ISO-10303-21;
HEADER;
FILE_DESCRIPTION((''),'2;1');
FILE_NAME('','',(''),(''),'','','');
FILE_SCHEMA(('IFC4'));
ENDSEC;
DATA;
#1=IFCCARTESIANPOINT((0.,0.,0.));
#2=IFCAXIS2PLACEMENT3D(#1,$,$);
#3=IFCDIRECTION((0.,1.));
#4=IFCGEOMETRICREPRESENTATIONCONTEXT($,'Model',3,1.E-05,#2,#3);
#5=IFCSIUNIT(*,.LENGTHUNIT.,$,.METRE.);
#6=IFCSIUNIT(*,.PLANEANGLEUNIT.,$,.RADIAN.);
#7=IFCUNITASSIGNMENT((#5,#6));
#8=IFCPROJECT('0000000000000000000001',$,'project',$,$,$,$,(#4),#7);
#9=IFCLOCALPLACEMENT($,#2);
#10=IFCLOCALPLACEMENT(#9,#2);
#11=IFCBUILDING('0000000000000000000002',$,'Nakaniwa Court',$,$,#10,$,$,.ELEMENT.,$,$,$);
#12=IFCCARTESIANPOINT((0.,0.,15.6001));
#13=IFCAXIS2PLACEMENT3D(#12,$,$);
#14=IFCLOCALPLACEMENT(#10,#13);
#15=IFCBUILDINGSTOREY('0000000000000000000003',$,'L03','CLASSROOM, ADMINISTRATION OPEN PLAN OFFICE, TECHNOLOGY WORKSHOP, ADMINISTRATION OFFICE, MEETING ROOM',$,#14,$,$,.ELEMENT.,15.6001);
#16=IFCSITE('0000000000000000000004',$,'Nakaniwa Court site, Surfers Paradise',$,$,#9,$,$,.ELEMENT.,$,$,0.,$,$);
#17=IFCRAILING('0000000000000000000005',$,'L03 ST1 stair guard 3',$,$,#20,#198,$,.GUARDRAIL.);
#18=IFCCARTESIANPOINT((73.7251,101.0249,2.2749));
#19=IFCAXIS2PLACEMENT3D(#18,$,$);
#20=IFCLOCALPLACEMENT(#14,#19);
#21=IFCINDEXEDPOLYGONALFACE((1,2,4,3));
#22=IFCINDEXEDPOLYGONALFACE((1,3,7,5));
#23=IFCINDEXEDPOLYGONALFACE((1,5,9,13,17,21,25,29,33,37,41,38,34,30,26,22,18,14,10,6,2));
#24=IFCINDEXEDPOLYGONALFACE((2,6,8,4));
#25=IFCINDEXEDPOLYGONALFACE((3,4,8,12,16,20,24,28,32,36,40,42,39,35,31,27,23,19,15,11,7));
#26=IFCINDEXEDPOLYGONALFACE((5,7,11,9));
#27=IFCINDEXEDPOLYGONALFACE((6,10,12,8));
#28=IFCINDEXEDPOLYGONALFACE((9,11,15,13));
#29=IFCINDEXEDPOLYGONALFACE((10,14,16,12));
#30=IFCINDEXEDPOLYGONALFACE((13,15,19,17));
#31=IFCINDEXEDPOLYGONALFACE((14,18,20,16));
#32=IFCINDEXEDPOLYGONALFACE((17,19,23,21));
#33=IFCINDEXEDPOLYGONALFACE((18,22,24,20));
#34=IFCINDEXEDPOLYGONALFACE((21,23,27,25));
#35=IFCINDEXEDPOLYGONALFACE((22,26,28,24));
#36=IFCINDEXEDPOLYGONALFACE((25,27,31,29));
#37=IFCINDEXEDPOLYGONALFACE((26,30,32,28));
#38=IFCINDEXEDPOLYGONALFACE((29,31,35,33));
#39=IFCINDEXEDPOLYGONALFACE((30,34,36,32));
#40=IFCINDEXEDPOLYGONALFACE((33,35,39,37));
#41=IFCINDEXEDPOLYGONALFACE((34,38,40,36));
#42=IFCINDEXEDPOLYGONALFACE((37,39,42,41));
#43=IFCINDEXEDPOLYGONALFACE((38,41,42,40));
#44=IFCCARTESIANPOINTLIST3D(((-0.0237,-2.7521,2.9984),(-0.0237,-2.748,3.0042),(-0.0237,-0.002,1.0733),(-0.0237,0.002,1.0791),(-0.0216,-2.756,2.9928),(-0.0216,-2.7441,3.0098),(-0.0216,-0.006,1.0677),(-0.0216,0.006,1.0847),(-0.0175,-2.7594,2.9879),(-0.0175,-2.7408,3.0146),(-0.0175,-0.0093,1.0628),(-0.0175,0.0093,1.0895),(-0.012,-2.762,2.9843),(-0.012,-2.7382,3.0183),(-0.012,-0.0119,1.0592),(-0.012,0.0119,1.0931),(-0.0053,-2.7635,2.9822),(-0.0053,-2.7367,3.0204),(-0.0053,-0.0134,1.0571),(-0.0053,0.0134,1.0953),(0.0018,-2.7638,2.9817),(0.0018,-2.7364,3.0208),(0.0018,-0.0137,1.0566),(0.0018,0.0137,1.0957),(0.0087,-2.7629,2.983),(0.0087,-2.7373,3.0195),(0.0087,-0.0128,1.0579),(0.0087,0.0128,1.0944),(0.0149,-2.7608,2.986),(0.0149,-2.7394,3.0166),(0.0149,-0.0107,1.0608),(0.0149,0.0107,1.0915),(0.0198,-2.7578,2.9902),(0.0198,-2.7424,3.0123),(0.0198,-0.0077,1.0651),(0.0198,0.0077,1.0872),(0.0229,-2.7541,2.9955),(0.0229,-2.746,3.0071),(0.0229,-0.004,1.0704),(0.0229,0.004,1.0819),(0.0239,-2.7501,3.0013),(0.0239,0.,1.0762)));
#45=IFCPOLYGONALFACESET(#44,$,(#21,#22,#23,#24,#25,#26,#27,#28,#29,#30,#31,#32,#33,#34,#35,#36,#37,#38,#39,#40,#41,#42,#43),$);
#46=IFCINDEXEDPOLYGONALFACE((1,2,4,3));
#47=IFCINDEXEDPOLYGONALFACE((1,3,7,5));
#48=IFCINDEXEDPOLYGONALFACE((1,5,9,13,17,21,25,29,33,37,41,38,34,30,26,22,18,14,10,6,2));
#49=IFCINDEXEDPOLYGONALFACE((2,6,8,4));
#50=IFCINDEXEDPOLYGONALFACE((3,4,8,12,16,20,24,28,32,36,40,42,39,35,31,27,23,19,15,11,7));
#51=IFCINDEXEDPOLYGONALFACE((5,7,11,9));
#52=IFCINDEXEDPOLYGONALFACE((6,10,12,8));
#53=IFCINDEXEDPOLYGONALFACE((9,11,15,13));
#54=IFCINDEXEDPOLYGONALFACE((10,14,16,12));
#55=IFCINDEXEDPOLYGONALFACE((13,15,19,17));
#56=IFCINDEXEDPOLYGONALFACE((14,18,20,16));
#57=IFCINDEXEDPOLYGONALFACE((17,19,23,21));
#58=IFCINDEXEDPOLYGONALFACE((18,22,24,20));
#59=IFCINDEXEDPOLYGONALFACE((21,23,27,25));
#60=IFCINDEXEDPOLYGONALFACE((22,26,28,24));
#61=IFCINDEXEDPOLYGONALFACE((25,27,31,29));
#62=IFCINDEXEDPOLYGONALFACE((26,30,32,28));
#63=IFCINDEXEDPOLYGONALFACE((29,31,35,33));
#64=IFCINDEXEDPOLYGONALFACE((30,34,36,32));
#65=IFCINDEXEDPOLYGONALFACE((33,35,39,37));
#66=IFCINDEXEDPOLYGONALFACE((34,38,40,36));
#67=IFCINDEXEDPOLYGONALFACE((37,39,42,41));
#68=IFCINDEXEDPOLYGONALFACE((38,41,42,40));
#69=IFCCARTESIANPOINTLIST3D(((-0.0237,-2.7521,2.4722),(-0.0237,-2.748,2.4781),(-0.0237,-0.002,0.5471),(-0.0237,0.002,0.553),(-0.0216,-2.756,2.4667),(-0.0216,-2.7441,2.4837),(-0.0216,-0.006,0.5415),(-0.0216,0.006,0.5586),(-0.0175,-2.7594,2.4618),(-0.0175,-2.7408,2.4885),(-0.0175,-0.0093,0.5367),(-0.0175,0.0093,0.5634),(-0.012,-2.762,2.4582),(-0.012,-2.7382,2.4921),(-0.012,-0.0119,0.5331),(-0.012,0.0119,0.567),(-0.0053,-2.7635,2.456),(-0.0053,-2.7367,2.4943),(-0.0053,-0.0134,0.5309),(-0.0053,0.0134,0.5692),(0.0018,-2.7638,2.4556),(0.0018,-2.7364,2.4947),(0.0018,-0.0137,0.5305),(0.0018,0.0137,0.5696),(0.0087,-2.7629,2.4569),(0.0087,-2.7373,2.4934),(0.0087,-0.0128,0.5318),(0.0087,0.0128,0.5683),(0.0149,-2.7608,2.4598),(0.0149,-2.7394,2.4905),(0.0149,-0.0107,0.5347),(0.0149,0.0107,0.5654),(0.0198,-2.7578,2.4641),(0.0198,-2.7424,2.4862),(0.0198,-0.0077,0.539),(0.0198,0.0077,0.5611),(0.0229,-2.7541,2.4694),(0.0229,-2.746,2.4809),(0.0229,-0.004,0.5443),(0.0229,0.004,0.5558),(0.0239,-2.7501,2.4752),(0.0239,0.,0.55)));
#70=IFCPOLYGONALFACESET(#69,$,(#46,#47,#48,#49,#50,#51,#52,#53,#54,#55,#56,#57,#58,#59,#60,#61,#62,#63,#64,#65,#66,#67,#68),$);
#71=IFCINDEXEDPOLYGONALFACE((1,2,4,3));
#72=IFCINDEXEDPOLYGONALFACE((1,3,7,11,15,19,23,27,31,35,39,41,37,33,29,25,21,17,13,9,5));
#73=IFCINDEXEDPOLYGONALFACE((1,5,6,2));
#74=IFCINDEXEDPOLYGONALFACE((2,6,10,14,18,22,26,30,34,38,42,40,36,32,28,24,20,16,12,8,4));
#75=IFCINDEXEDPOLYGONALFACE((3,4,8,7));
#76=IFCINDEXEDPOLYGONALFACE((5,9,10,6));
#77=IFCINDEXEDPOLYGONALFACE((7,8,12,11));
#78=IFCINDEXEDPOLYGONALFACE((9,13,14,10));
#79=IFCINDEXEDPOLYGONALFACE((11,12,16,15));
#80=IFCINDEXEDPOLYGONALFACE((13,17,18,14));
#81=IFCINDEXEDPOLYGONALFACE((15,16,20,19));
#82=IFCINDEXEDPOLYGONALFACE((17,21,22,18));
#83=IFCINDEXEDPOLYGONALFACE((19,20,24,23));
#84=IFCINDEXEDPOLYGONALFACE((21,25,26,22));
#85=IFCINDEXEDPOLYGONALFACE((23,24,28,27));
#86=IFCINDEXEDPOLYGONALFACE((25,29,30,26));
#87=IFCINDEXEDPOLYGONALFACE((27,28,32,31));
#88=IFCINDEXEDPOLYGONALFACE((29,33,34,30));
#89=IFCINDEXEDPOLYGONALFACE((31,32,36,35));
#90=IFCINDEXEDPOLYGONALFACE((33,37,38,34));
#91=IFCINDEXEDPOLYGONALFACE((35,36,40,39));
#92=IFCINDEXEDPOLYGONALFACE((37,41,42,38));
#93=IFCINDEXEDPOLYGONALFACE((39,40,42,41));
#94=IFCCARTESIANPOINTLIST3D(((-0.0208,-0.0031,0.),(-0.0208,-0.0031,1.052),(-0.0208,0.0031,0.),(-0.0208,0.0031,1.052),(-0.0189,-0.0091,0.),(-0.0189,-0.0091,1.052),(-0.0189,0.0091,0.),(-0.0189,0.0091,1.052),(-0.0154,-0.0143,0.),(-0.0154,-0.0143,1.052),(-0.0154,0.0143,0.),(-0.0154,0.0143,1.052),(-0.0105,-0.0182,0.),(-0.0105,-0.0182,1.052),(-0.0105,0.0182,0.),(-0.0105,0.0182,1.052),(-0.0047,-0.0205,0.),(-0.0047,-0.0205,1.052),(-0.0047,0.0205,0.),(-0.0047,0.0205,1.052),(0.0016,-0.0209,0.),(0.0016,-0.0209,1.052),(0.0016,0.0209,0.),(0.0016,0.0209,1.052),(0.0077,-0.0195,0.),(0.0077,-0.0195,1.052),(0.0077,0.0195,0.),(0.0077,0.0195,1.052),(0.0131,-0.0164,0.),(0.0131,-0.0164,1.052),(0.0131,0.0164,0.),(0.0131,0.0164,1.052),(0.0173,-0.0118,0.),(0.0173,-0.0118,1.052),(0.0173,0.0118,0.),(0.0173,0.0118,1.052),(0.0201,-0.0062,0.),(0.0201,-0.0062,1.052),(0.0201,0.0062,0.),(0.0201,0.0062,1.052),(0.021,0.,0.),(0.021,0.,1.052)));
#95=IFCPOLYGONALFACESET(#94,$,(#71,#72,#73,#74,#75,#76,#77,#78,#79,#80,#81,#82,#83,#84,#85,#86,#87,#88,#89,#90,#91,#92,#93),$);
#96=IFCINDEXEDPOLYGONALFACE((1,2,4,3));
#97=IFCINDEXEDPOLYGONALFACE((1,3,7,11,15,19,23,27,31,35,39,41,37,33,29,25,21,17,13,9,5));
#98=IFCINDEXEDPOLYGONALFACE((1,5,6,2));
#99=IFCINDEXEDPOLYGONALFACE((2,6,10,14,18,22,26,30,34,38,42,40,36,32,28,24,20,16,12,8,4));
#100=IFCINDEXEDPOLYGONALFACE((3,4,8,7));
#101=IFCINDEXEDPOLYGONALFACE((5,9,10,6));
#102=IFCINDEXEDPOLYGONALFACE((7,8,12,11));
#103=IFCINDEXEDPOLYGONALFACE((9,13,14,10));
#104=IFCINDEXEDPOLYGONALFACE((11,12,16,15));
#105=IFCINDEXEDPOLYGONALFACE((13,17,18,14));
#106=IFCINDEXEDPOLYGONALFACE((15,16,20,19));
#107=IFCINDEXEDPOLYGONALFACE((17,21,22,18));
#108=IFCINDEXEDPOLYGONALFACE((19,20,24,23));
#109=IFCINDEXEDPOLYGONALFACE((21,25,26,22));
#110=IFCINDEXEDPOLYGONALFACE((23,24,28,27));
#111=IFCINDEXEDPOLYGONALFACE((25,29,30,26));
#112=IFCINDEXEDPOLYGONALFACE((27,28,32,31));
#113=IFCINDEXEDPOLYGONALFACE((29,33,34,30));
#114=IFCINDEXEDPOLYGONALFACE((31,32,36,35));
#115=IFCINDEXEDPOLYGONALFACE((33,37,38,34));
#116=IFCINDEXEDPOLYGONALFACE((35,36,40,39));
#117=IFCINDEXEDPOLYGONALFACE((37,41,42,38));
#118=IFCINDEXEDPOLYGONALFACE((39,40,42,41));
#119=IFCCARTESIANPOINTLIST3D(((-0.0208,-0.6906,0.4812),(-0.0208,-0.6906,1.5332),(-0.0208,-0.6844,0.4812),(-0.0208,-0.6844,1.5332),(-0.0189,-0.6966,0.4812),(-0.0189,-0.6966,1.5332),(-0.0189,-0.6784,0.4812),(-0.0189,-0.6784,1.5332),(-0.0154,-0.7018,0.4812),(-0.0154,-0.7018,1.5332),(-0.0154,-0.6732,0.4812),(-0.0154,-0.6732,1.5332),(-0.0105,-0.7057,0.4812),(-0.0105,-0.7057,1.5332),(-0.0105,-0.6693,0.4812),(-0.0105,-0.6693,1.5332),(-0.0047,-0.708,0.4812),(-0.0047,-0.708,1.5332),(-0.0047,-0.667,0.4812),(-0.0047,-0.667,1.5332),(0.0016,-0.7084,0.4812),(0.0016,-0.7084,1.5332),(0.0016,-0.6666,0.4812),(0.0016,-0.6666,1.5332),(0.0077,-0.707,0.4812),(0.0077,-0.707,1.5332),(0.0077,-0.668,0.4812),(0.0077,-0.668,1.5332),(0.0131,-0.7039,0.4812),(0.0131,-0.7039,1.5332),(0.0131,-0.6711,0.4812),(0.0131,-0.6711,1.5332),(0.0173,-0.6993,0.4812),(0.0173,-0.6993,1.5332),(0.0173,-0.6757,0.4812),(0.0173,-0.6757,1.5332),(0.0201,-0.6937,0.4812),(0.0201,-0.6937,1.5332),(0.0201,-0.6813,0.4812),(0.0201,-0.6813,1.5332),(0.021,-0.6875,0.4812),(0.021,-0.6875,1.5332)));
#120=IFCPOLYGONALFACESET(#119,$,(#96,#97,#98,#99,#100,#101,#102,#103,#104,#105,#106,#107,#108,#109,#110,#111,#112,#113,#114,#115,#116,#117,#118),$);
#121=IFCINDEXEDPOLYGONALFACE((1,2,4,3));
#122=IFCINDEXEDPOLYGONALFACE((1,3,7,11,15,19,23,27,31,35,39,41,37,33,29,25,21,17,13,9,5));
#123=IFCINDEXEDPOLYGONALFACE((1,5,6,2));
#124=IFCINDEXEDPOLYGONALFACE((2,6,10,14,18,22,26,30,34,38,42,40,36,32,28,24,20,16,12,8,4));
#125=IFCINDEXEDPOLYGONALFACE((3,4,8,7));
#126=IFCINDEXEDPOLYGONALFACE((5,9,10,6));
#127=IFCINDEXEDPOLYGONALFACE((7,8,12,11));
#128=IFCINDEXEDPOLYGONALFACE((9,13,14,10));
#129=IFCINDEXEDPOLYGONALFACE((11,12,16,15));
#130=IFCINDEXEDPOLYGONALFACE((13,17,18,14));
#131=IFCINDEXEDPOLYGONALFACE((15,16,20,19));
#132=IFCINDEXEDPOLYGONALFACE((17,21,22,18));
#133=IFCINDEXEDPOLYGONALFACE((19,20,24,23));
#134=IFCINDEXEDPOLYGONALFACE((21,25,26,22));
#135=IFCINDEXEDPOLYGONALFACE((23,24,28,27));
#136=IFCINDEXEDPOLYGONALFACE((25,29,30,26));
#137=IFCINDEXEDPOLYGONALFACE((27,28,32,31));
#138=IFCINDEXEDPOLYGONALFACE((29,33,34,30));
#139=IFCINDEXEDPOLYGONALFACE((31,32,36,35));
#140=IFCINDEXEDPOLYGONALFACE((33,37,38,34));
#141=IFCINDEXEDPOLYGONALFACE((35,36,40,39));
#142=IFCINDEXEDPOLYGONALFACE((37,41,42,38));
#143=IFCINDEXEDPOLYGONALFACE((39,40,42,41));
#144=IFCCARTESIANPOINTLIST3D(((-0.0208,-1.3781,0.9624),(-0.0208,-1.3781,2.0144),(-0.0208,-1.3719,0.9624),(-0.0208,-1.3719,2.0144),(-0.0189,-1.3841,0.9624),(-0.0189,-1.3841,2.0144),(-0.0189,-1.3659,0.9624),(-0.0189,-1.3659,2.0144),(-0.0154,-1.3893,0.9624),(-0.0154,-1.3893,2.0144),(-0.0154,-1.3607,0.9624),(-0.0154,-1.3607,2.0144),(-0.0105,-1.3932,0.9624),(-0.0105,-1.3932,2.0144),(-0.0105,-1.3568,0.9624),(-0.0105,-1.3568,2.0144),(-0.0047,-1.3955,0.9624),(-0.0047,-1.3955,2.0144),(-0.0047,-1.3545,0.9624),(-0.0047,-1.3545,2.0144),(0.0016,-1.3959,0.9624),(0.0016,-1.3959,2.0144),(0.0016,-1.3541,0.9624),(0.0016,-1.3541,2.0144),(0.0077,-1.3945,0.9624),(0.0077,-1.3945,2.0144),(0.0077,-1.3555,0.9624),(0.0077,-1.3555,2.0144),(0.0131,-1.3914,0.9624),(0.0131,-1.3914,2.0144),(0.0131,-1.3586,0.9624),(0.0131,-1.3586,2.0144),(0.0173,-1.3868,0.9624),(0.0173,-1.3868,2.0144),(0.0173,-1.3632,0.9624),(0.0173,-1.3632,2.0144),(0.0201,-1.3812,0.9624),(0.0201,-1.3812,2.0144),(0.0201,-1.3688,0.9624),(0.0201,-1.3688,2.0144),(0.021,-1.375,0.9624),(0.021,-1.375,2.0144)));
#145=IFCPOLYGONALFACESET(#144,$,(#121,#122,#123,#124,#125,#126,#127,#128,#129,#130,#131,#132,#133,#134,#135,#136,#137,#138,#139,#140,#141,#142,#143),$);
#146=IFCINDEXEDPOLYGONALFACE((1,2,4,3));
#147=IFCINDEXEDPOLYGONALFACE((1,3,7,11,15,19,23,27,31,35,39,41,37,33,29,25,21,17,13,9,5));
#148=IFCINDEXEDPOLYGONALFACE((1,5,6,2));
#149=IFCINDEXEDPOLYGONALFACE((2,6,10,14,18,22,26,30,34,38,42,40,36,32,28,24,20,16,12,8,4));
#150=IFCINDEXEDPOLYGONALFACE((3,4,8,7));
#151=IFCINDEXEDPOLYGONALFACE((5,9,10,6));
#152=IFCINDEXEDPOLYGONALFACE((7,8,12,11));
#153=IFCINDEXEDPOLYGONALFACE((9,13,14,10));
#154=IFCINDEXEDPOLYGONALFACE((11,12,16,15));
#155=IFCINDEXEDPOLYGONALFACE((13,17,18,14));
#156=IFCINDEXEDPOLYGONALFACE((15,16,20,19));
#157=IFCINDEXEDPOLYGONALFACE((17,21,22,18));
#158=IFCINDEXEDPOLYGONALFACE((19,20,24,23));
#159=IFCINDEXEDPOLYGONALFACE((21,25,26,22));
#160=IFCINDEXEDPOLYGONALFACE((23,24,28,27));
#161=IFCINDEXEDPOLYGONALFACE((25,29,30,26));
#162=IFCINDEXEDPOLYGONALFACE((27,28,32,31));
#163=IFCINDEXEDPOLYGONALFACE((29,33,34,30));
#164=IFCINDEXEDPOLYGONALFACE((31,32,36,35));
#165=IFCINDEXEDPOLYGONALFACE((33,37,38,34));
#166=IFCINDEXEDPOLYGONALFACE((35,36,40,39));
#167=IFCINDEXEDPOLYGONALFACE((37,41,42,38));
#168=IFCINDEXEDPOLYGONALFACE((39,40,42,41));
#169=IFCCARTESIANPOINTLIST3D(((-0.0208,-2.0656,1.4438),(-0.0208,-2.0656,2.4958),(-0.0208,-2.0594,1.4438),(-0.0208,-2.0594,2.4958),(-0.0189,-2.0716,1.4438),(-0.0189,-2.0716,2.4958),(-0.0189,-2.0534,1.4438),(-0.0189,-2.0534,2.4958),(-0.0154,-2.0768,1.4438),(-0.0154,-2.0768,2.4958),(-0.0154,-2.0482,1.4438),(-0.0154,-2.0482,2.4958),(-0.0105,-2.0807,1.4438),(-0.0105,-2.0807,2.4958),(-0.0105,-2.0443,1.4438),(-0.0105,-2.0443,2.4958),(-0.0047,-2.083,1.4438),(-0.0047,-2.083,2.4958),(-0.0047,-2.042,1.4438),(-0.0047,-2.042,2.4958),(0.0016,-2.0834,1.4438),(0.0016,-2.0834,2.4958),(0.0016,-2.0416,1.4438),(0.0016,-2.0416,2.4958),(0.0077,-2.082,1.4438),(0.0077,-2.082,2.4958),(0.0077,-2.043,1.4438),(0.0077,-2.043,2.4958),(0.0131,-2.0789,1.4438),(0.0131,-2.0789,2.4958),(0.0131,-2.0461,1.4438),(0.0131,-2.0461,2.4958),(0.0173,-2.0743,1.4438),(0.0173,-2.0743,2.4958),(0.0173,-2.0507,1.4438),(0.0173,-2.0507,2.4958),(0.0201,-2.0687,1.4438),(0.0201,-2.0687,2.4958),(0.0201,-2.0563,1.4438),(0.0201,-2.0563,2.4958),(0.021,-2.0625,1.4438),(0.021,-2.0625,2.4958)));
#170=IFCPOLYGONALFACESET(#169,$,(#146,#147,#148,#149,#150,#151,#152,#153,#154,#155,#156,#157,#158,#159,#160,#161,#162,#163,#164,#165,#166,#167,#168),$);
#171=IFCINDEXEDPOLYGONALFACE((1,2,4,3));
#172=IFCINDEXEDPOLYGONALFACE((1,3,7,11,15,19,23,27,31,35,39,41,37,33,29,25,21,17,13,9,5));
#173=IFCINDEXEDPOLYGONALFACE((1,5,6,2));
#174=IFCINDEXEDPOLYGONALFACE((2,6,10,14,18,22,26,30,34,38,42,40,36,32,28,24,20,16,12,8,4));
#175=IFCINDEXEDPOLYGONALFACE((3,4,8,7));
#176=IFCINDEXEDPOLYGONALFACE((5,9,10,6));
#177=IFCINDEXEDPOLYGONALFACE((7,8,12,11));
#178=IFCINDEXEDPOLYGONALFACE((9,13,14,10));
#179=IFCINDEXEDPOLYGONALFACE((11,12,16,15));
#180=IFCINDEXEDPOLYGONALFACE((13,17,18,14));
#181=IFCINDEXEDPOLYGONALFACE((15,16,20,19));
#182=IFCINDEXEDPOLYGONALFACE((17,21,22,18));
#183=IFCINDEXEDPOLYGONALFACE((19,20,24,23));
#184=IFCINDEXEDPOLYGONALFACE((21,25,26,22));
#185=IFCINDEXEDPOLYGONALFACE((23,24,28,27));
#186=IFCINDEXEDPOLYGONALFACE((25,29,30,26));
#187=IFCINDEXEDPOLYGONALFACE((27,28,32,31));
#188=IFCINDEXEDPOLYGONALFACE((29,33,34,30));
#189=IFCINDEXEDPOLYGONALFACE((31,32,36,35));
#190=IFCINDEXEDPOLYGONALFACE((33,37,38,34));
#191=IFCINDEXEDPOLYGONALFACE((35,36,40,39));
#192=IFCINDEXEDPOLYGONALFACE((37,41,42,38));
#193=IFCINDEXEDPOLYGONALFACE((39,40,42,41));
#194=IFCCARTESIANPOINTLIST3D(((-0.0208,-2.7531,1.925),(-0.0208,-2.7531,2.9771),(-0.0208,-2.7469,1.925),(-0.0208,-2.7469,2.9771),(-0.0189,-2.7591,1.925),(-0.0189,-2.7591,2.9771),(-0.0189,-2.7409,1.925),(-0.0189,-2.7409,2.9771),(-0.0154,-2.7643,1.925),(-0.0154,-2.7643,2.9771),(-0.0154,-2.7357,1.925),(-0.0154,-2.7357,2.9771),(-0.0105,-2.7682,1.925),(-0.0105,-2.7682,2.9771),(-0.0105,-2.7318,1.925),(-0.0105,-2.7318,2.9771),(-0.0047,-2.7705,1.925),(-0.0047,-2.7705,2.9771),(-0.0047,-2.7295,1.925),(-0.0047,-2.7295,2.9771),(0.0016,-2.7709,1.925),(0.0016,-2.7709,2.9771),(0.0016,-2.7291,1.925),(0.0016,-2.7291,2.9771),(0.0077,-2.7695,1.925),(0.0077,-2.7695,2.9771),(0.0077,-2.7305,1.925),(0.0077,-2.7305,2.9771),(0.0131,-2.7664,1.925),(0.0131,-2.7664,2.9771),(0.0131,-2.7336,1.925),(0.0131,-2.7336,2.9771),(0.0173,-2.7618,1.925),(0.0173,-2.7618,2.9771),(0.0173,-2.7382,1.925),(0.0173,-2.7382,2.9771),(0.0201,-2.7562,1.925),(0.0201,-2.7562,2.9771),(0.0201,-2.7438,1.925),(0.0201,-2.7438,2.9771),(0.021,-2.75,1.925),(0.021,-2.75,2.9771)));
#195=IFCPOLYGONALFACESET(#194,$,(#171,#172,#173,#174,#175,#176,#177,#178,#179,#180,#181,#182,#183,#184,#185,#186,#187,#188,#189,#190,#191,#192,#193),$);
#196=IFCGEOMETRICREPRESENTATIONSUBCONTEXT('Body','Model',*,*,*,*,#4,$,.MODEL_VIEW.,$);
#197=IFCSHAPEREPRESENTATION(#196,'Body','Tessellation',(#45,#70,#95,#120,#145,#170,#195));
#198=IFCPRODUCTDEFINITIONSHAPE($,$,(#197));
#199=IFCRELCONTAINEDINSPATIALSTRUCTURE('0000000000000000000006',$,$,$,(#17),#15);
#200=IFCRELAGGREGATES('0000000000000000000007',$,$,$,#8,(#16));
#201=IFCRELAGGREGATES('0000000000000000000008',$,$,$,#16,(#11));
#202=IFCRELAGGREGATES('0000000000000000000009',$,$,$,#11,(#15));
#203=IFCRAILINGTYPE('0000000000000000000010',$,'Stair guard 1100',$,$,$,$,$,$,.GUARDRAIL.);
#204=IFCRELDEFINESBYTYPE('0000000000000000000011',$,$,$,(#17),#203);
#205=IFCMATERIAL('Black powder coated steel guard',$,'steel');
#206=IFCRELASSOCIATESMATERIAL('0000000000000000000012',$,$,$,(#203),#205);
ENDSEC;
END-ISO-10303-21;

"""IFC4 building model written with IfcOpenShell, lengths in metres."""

from ifc_helpers import new_model, si_unit, direction, frame, origin, origin_2d, place, context, subcontext, project, spatial, circle, extrude, material, type_object, element, save


model = new_model("IFC4")

# Units and contexts
model_context = context("Model", 3, precision=1e-05, world=origin(), true_north=direction((0.0, 1.0)))
body_context = subcontext(model_context, "Body", "Model", "MODEL_VIEW")
ifc_project = project(units=[si_unit("LENGTHUNIT", "METRE"), si_unit("PLANEANGLEUNIT", "RADIAN")], contexts=[model_context])

# Site, building, storey
site_placement = place(None, origin())
site = spatial("IfcSite", under=ifc_project, at=site_placement, Name="Nakaniwa Court site, Surfers Paradise", CompositionType="ELEMENT", RefElevation=0.0)
building_placement = place(site_placement, origin())
building = spatial("IfcBuilding", under=site, at=building_placement, Name="Nakaniwa Court", CompositionType="ELEMENT")
storey_placement = place(building_placement, frame((0.0, 0.0, 15.6001)))
storey = spatial("IfcBuildingStorey", under=building, at=storey_placement, Name="L03", Description="CLASSROOM, ADMINISTRATION OPEN PLAN OFFICE, TECHNOLOGY WORKSHOP, ADMINISTRATION OFFICE, MEETING ROOM", CompositionType="ELEMENT", Elevation=15.6001)

# Railing
ifc_material_1 = material(Name="Black powder coated steel guard", Category="steel")
railing_type_1 = type_object("IfcRailingType", Name="Stair guard 1100", PredefinedType="GUARDRAIL", material=ifc_material_1)
railing_1_placement = place(storey_placement, frame((73.7251, 101.0249, 2.2749)))
element("IfcRailing", 1, at=railing_1_placement, inside=storey, type_object=railing_type_1, Name="L03 ST1 stair guard 3", PredefinedType="GUARDRAIL", context=body_context, shape_type="SweptSolid", body=[
    extrude(circle(Radius=0.0239, at=origin_2d()), frame((0.0, 0.0, 1.0762), z_axis=(0.0, -0.819225, 0.573472), x_axis=(1.0, 0.0, 0.0)), (0.0, 0.0, 1.0), 3.3569),
    extrude(circle(Radius=0.0239, at=origin_2d()), frame((0.0, 0.0, 0.55), z_axis=(0.0, -0.819225, 0.573472), x_axis=(1.0, 0.0, 0.0)), (0.0, 0.0, 1.0), 3.3569),
    extrude(circle(Radius=0.021, at=origin_2d()), origin(), (0.0, 0.0, 1.0), 1.052),
    extrude(circle(Radius=0.021, at=origin_2d()), frame((0.0, -0.6875, 0.4812)), (0.0, 0.0, 1.0), 1.052),
    extrude(circle(Radius=0.021, at=origin_2d()), frame((0.0, -1.375, 0.9624)), (0.0, 0.0, 1.0), 1.052),
    extrude(circle(Radius=0.021, at=origin_2d()), frame((0.0, -2.0625, 1.4438)), (0.0, 0.0, 1.0), 1.052),
    extrude(circle(Radius=0.021, at=origin_2d()), frame((0.0, -2.75, 1.925)), (0.0, 0.0, 1.0), 1.052),
])

save(model, "model.ifc")
